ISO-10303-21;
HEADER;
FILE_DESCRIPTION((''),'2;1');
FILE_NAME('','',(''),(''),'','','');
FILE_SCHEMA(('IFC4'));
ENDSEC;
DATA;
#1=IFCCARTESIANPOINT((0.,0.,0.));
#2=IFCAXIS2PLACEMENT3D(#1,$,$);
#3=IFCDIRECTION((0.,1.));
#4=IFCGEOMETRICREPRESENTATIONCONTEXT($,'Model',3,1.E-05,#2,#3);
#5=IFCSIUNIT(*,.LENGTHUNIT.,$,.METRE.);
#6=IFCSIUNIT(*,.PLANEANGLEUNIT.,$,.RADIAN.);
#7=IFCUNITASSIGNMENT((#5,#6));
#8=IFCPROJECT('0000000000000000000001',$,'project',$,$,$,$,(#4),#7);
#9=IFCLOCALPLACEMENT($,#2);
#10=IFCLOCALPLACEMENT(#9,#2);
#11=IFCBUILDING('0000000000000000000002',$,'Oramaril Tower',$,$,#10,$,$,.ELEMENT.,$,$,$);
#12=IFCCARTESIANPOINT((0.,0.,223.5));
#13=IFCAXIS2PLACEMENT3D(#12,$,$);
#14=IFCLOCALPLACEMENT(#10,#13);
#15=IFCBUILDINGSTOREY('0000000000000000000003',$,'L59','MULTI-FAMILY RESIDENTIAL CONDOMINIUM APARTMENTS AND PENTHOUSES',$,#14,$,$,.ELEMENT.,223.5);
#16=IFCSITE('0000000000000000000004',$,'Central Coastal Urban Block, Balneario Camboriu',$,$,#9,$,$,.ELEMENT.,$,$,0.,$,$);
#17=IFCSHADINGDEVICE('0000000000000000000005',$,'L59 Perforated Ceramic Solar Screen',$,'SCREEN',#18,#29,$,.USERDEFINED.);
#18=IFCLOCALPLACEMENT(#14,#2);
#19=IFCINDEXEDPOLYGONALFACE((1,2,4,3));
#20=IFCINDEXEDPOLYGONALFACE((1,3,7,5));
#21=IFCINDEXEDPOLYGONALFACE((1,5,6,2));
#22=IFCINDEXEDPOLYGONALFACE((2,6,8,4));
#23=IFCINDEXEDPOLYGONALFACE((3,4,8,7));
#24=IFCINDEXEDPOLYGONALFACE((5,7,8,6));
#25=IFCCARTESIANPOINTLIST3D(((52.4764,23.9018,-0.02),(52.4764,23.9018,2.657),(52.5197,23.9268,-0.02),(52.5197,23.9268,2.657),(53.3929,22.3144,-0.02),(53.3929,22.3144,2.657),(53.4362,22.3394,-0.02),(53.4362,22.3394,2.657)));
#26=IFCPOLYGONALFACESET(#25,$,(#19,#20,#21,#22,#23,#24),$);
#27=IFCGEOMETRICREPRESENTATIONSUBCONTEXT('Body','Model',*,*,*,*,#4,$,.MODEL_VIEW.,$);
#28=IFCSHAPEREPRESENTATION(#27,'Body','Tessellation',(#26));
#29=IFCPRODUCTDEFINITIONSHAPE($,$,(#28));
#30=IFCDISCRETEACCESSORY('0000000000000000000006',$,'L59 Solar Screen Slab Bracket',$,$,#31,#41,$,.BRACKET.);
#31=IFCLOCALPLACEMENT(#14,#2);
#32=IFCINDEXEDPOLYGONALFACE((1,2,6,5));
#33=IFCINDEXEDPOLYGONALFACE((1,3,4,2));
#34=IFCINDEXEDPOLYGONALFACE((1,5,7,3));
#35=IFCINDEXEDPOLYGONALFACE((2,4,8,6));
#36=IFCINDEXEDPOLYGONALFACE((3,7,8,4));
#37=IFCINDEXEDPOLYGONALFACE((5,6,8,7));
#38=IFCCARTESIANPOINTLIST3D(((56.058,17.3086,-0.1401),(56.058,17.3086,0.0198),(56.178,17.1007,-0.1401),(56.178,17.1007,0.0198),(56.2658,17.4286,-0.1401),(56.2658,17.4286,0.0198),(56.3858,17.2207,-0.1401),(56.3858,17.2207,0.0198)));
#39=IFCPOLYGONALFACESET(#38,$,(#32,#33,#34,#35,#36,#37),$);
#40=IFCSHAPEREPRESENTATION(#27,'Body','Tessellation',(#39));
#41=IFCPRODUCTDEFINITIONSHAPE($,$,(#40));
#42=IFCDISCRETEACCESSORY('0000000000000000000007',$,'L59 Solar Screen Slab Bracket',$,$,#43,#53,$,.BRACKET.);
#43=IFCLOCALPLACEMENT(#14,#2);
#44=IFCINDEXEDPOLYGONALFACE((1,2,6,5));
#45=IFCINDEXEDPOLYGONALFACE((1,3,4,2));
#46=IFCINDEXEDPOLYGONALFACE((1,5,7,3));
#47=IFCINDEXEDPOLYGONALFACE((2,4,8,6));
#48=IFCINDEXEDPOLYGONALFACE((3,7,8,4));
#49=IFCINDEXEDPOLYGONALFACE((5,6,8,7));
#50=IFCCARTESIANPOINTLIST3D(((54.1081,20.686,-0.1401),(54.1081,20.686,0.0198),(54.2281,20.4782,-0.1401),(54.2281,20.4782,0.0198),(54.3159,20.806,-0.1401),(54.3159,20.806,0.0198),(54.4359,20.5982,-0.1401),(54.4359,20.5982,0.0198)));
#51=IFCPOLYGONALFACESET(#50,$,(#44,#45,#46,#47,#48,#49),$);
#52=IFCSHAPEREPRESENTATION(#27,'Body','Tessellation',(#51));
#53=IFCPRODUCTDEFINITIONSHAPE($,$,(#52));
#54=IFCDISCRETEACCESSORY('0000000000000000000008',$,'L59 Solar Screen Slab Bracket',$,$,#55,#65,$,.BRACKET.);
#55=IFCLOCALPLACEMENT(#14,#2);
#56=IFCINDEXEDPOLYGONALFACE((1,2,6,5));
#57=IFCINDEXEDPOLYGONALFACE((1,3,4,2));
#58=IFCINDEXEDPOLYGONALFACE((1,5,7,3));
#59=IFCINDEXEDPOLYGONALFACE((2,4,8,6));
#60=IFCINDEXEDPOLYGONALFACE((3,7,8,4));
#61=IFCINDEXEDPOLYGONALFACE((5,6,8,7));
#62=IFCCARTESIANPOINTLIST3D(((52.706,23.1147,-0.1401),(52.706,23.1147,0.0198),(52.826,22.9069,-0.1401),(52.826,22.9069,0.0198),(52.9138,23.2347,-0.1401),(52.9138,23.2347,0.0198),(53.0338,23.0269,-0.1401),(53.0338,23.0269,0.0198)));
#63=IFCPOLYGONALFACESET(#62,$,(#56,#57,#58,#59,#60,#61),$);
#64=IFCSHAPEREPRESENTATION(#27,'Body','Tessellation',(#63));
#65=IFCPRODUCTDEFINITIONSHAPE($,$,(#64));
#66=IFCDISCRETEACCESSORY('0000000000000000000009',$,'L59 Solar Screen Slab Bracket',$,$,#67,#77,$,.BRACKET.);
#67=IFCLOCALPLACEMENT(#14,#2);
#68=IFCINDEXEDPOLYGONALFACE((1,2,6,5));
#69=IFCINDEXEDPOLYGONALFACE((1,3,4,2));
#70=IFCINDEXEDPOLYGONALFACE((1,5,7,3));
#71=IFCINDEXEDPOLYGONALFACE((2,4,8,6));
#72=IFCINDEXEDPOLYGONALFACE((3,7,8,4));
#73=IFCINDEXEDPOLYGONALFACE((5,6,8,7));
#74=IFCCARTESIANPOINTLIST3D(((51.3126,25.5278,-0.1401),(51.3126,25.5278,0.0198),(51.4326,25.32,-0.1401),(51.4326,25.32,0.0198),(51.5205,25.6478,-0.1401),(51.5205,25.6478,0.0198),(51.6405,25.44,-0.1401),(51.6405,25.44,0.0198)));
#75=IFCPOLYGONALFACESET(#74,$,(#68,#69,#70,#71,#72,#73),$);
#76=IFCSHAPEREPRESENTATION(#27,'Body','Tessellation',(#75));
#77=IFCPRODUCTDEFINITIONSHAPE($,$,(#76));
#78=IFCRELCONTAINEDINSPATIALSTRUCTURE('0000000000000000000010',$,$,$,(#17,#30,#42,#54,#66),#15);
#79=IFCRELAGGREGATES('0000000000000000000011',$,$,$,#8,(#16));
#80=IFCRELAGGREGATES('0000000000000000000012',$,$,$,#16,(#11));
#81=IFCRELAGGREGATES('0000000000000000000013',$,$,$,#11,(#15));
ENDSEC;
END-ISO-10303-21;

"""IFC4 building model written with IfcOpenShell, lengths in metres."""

from ifc_helpers import new_model, si_unit, direction, frame, origin, origin_2d, place, context, subcontext, project, spatial, rectangle, extrude, element, save


model = new_model("IFC4")

# Units and contexts
model_context = context("Model", 3, precision=1e-05, world=origin(), true_north=direction((0.0, 1.0)))
body_context = subcontext(model_context, "Body", "Model", "MODEL_VIEW")
ifc_project = project(units=[si_unit("LENGTHUNIT", "METRE"), si_unit("PLANEANGLEUNIT", "RADIAN")], contexts=[model_context])

# Site, building, storey
site_placement = place(None, origin())
site = spatial("IfcSite", under=ifc_project, at=site_placement, Name="Central Coastal Urban Block, Balneario Camboriu", CompositionType="ELEMENT", RefElevation=0.0)
building_placement = place(site_placement, origin())
building = spatial("IfcBuilding", under=site, at=building_placement, Name="Oramaril Tower", CompositionType="ELEMENT")
storey_placement = place(building_placement, frame((0.0, 0.0, 223.5)))
storey = spatial("IfcBuildingStorey", under=building, at=storey_placement, Name="L59", Description="MULTI-FAMILY RESIDENTIAL CONDOMINIUM APARTMENTS AND PENTHOUSES", CompositionType="ELEMENT", Elevation=223.5)

# Shading device
for number, where, z_axis, x_axis, name in (
    (1, (52.9563, 23.1206, -0.02), (0.0, 0.0, 1.0), (-0.5, 0.866025, 0.0), "L59 Perforated Ceramic Solar Screen"),
):
    element("IfcShadingDevice", number, at=place(storey_placement, frame(where, z_axis=z_axis, x_axis=x_axis)), inside=storey, Name=name, ObjectType="SCREEN", PredefinedType="USERDEFINED", context=body_context, shape_type="SweptSolid", body=[
        extrude(rectangle(XDim=1.833, YDim=0.05, at=origin_2d()), origin(), (0.0, 0.0, 1.0), 2.677),
    ])

# Discrete accessories
for number, where, z_axis, x_axis, name in (
    (2, (56.2219, 17.2646, -0.1401), (0.0, 0.0, 1.0), (-0.5, 0.866025, 0.0), "L59 Solar Screen Slab Bracket"),
    (3, (54.272, 20.6421, -0.1401), (0.0, 0.0, 1.0), (-0.5, 0.866025, 0.0), "L59 Solar Screen Slab Bracket"),
    (4, (52.8699, 23.0708, -0.1401), (0.0, 0.0, 1.0), (-0.5, 0.866025, 0.0), "L59 Solar Screen Slab Bracket"),
    (5, (51.4766, 25.4839, -0.1401), (0.0, 0.0, 1.0), (-0.5, 0.866025, 0.0), "L59 Solar Screen Slab Bracket"),
):
    element("IfcDiscreteAccessory", number, at=place(storey_placement, frame(where, z_axis=z_axis, x_axis=x_axis)), inside=storey, Name=name, PredefinedType="BRACKET", context=body_context, shape_type="SweptSolid", body=[
        extrude(rectangle(XDim=0.24, YDim=0.24, at=origin_2d()), origin(), (0.0, 0.0, 1.0), 0.1599),
    ])

save(model, "model.ifc")
